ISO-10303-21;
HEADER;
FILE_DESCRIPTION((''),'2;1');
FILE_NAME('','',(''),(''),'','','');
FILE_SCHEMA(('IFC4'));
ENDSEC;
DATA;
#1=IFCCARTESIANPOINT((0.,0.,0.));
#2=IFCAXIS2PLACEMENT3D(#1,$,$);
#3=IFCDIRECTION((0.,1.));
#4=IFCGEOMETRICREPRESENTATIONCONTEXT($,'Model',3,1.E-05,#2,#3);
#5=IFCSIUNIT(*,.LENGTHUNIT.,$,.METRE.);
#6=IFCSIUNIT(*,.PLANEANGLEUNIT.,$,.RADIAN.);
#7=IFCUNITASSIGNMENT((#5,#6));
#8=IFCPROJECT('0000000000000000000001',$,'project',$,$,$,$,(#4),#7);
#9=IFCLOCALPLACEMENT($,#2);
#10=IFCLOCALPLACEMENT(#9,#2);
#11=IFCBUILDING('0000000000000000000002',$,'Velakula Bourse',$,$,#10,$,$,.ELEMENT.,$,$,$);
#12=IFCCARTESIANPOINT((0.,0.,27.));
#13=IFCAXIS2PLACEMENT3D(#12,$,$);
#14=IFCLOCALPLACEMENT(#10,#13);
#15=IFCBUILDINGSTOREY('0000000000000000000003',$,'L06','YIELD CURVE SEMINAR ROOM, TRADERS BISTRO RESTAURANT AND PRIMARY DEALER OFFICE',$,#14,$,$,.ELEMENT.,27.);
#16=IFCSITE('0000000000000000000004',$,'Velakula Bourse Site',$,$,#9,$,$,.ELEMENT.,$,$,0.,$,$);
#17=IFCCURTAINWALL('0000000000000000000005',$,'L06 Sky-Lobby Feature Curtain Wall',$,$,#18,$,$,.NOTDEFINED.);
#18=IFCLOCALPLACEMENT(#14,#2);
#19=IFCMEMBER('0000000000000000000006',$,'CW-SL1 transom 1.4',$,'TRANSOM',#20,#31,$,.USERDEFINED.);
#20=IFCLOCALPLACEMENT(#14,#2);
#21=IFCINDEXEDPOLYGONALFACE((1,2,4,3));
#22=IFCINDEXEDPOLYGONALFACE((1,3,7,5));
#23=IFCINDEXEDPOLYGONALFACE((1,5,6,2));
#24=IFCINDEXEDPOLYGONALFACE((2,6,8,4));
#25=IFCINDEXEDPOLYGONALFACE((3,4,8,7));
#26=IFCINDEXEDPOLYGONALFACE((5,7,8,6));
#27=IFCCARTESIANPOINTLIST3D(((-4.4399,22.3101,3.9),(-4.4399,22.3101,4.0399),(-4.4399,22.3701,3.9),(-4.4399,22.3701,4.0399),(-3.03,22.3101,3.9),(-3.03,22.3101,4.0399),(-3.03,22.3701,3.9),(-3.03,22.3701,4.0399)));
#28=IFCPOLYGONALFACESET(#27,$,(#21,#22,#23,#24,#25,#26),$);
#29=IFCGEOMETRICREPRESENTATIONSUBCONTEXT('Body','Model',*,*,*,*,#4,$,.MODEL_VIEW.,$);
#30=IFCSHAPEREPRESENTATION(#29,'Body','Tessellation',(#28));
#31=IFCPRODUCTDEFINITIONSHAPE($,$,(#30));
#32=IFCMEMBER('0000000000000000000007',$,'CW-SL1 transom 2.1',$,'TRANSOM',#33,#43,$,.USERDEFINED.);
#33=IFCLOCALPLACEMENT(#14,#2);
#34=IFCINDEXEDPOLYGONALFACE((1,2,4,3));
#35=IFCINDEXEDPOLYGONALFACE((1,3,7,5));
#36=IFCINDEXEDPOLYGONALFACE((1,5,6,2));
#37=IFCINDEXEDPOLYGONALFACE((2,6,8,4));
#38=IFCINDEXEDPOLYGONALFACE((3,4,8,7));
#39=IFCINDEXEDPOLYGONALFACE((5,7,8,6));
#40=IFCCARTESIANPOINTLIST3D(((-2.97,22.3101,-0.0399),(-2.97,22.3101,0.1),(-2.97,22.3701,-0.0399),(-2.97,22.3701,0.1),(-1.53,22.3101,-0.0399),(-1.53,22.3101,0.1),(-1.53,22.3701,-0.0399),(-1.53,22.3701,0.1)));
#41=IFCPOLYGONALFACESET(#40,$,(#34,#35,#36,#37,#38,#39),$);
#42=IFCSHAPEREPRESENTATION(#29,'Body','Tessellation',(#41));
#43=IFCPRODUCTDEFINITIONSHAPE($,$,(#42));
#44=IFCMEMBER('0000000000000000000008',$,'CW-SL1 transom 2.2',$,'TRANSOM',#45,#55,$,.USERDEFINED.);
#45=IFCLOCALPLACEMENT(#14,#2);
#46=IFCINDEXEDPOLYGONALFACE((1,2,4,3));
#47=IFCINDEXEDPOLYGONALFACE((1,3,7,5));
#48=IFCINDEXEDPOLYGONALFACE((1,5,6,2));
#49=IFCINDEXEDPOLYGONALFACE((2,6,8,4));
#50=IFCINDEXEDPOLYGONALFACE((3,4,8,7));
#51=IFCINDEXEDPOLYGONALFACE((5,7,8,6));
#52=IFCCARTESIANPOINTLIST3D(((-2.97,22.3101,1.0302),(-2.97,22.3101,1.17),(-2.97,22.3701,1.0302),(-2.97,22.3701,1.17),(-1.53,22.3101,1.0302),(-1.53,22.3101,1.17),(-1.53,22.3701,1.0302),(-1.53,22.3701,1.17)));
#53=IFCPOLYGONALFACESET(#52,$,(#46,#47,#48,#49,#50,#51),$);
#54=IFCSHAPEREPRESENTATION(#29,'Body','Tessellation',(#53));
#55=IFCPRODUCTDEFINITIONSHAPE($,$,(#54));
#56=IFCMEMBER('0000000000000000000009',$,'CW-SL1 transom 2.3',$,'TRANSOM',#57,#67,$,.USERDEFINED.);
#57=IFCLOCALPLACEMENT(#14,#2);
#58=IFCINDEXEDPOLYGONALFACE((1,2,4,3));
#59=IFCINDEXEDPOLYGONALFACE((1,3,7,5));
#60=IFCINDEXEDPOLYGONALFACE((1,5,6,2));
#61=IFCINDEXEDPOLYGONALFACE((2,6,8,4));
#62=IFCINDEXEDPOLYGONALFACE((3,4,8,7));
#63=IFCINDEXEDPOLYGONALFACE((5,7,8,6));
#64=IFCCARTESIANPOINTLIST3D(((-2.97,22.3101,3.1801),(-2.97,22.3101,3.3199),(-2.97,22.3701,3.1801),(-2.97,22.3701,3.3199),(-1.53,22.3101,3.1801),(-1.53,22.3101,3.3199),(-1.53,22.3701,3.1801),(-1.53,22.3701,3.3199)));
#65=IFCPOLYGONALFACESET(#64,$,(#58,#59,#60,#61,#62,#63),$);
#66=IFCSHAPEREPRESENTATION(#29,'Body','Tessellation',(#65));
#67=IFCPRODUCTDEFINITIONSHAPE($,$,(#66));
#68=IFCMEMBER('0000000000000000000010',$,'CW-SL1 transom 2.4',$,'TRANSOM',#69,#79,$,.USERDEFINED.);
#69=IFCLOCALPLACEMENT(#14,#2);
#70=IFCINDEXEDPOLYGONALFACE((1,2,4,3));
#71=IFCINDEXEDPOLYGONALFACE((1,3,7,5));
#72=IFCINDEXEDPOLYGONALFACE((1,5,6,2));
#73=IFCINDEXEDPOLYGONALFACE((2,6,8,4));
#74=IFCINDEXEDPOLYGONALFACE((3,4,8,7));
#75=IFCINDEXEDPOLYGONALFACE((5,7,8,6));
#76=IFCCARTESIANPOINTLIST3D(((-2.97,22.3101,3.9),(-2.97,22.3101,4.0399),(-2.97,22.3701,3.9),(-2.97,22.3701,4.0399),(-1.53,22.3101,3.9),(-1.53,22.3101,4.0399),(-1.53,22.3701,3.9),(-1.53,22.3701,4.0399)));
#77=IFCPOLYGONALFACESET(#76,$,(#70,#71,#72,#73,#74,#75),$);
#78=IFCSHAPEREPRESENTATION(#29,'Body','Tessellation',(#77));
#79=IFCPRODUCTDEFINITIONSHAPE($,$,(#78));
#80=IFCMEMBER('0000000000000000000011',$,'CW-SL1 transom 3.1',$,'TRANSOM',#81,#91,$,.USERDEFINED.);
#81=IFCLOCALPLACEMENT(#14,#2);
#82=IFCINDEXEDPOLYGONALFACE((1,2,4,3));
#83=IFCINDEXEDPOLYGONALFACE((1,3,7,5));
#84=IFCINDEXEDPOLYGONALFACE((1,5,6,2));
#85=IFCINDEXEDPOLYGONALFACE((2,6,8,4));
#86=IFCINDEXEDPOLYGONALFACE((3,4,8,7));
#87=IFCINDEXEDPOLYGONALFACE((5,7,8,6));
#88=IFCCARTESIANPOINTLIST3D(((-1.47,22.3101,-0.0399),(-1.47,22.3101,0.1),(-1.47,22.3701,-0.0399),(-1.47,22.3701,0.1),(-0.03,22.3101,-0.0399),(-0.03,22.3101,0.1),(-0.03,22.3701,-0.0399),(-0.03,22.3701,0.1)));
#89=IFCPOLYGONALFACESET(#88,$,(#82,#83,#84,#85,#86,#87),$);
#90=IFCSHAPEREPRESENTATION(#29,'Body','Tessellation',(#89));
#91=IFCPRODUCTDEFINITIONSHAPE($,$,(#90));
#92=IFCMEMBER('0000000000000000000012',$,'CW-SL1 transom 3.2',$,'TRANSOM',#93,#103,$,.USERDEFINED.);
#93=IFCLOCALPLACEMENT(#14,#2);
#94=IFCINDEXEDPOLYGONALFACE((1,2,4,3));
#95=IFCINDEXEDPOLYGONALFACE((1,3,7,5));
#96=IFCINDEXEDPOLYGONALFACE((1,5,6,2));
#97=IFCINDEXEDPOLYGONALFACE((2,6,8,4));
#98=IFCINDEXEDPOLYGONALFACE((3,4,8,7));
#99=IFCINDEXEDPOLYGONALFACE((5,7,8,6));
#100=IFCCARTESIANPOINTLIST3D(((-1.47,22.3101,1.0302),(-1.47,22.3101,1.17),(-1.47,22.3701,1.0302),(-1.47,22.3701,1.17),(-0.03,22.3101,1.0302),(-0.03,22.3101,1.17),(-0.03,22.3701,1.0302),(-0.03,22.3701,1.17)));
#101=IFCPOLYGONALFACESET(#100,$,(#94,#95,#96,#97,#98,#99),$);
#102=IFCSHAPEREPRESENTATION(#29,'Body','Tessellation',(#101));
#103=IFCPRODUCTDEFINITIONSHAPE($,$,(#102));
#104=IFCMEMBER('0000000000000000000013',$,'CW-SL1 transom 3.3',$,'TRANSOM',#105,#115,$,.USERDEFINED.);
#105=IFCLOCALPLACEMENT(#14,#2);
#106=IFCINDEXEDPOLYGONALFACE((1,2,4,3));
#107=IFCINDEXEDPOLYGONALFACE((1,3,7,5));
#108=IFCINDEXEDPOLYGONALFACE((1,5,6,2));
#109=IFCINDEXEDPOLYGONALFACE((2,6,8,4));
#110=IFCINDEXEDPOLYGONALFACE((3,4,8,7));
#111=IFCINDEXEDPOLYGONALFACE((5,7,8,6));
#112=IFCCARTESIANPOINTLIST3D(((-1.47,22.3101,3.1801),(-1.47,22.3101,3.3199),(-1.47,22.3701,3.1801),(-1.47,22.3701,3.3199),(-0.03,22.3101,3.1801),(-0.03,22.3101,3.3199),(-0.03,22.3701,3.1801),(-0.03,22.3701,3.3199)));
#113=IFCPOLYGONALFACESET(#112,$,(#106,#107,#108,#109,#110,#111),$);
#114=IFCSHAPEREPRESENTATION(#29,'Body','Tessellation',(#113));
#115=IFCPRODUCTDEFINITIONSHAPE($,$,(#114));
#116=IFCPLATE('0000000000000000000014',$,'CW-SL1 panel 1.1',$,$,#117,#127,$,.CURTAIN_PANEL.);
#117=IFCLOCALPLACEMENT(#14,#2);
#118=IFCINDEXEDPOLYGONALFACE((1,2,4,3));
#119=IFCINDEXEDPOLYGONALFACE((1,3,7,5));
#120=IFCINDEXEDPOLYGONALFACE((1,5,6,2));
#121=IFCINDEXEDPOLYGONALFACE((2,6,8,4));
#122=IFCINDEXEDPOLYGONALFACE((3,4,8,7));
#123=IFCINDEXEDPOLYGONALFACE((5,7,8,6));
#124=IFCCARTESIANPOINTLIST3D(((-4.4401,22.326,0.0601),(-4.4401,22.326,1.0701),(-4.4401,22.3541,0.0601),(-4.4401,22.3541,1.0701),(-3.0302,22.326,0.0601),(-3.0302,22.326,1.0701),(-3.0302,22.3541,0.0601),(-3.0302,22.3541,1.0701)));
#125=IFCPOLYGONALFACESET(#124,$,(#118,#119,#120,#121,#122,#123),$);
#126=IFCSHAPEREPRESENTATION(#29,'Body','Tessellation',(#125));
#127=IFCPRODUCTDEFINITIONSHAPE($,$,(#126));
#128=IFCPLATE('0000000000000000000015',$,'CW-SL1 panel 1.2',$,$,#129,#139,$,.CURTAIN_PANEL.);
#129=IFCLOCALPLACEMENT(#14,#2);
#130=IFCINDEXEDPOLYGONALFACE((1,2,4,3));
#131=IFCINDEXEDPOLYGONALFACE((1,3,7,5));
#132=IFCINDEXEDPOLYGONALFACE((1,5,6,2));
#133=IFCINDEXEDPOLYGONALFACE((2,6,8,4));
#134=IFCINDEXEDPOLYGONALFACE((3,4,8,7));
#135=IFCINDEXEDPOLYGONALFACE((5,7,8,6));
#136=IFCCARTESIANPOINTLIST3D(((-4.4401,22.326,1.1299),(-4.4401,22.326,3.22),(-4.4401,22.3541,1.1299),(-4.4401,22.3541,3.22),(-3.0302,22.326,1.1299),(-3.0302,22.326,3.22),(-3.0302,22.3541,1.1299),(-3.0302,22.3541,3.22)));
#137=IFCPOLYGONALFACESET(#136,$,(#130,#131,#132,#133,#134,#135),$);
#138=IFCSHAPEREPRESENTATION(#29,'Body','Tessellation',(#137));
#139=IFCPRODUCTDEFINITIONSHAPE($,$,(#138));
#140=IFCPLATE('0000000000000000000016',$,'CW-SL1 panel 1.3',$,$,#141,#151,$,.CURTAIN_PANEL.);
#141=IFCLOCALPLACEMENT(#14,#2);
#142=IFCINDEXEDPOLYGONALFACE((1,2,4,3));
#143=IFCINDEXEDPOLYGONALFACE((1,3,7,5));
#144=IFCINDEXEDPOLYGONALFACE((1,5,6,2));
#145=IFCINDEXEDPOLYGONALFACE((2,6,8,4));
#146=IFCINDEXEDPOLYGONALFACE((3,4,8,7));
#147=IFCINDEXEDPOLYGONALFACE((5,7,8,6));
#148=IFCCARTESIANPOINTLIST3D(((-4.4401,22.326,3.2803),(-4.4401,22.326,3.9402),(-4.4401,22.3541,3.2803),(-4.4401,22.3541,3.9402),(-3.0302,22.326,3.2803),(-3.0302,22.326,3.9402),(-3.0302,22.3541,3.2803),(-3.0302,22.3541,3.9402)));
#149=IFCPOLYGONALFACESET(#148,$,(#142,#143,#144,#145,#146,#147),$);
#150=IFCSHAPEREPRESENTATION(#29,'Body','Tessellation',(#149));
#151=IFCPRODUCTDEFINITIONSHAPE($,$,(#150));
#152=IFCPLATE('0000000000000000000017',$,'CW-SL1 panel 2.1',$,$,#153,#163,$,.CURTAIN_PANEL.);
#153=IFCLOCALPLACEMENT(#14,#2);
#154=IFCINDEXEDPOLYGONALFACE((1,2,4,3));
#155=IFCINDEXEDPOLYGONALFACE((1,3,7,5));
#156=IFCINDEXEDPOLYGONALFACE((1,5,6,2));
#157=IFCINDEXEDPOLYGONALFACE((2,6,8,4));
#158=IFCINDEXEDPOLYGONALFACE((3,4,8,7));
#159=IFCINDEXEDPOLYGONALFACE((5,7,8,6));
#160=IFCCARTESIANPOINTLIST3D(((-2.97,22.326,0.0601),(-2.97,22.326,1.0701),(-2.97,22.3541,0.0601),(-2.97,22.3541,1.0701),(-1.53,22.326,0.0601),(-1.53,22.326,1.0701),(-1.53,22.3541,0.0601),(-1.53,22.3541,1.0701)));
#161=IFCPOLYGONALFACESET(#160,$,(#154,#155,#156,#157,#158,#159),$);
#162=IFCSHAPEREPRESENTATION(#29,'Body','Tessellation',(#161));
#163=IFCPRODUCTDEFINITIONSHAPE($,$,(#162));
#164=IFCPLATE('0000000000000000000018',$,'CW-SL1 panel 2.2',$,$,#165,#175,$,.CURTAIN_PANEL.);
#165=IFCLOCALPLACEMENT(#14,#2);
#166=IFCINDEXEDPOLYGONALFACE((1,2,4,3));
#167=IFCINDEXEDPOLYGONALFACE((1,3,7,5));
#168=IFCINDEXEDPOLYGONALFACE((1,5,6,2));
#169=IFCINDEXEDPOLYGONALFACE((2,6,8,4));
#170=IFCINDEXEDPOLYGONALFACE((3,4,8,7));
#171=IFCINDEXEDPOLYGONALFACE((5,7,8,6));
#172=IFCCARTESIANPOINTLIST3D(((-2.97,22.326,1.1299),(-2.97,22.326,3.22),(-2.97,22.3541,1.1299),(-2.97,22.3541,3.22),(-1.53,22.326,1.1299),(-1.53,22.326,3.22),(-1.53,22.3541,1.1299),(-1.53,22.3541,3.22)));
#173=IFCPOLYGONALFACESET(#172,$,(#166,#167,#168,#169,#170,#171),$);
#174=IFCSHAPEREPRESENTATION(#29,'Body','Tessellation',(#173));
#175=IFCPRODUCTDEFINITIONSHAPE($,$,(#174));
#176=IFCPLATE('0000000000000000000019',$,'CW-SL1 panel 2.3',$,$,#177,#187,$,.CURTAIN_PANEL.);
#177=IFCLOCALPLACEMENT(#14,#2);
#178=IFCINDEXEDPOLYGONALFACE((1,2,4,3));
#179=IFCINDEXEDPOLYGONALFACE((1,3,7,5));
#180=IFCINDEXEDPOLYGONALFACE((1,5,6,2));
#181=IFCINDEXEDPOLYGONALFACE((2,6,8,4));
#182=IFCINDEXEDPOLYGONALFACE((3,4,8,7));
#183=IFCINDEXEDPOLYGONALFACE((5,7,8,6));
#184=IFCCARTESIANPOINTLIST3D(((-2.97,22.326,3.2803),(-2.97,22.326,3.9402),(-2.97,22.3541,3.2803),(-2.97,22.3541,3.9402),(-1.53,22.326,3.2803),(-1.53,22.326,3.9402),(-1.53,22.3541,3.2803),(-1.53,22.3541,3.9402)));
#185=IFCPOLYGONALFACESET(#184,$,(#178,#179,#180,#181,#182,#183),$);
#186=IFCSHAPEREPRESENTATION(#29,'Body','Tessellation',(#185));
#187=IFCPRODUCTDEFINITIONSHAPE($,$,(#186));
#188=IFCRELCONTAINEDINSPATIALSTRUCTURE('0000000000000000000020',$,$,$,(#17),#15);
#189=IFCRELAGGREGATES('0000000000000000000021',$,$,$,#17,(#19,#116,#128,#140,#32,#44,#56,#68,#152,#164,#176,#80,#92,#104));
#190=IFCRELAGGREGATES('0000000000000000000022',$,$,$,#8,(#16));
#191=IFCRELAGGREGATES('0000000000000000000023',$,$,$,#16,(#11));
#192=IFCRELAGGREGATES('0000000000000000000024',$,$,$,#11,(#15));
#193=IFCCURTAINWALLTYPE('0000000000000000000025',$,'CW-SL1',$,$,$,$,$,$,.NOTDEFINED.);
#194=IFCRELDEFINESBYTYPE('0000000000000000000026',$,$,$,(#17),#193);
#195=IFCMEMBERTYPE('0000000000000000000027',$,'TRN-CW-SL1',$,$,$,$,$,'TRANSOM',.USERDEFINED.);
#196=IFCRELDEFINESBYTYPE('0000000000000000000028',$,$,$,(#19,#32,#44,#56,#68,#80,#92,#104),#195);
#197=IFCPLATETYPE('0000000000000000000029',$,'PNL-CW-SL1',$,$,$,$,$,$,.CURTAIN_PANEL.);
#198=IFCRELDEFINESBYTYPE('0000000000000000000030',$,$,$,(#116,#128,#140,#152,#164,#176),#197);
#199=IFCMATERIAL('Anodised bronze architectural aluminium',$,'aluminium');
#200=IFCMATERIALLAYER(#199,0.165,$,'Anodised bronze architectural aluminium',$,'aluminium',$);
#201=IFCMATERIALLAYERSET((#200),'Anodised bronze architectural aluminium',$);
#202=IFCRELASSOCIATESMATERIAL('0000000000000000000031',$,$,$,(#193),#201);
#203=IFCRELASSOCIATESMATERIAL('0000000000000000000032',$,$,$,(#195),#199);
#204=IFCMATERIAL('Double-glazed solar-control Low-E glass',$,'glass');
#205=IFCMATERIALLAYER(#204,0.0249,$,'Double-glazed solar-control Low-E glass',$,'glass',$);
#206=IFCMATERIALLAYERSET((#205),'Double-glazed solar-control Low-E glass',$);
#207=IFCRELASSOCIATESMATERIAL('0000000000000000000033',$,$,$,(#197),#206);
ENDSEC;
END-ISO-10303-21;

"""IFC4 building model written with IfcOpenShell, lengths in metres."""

from ifc_helpers import new_model, si_unit, direction, frame, origin, origin_2d, place, context, subcontext, project, spatial, rectangle, extrude, material, layer, layer_set, material_profile, profile_set, type_object, element, aggregate, save


model = new_model("IFC4")

# Units and contexts
model_context = context("Model", 3, precision=1e-05, world=origin(), true_north=direction((0.0, 1.0)))
body_context = subcontext(model_context, "Body", "Model", "MODEL_VIEW")
ifc_project = project(units=[si_unit("LENGTHUNIT", "METRE"), si_unit("PLANEANGLEUNIT", "RADIAN")], contexts=[model_context])

# Site, building, storey
site_placement = place(None, origin())
site = spatial("IfcSite", under=ifc_project, at=site_placement, Name="Velakula Bourse Site", CompositionType="ELEMENT", RefElevation=0.0)
building_placement = place(site_placement, origin())
building = spatial("IfcBuilding", under=site, at=building_placement, Name="Velakula Bourse", CompositionType="ELEMENT")
storey_placement = place(building_placement, frame((0.0, 0.0, 27.0)))
storey = spatial("IfcBuildingStorey", under=building, at=storey_placement, Name="L06", Description="YIELD CURVE SEMINAR ROOM, TRADERS BISTRO RESTAURANT AND PRIMARY DEALER OFFICE", CompositionType="ELEMENT", Elevation=27.0)

# Curtain wall
ifc_material_1 = material(Name="Anodised bronze architectural aluminium", Category="aluminium")
ifc_layer_1 = layer(ifc_material_1, 0.165, Name="Anodised bronze architectural aluminium", Category="aluminium")
ifc_layer_set_1 = layer_set([ifc_layer_1], Name="Anodised bronze architectural aluminium")
curtain_wall_type = type_object("IfcCurtainWallType", Name="CW-SL1", PredefinedType="NOTDEFINED", material=ifc_layer_set_1)
curtain_wall_placement = place(storey_placement, origin())
curtain_wall = element("IfcCurtainWall", 1, at=curtain_wall_placement, inside=storey, type_object=curtain_wall_type, Name="L06 Sky-Lobby Feature Curtain Wall", PredefinedType="NOTDEFINED")

# Members
ifc_material_profile_1 = material_profile(ifc_material_1, rectangle(XDim=0.0601, YDim=0.1399, at=origin_2d()), Name="Anodised bronze architectural aluminium")
ifc_profile_set_1 = profile_set([ifc_material_profile_1], Name="Anodised bronze architectural aluminium")
member_type_1 = type_object("IfcMemberType", Name="TRN-CW-SL1", ElementType="TRANSOM", PredefinedType="USERDEFINED", material=ifc_profile_set_1)
member_1_placement = place(storey_placement, frame((-4.4399, 22.3401, 3.97), z_axis=(1.0, 0.0, 0.0), x_axis=(0.0, 1.0, 0.0)))
member_1 = element("IfcMember", 2, at=member_1_placement, type_object=member_type_1, Name="CW-SL1 transom 1.4", ObjectType="TRANSOM", PredefinedType="USERDEFINED", context=body_context, shape_type="SweptSolid", body=[
    extrude(rectangle(XDim=0.0601, YDim=0.1399, at=origin_2d()), origin(), (0.0, 0.0, 1.0), 1.4099),
])
member_2_placement = place(storey_placement, frame((-2.97, 22.3401, 0.03), z_axis=(1.0, 0.0, 0.0), x_axis=(0.0, 1.0, 0.0)))
member_2 = element("IfcMember", 3, at=member_2_placement, type_object=member_type_1, Name="CW-SL1 transom 2.1", ObjectType="TRANSOM", PredefinedType="USERDEFINED", context=body_context, shape_type="SweptSolid", body=[
    extrude(rectangle(XDim=0.0601, YDim=0.1399, at=origin_2d()), origin(), (0.0, 0.0, 1.0), 1.4399),
])
member_3_placement = place(storey_placement, frame((-2.97, 22.3401, 1.1001), z_axis=(1.0, 0.0, 0.0), x_axis=(0.0, 1.0, 0.0)))
member_3 = element("IfcMember", 4, at=member_3_placement, type_object=member_type_1, Name="CW-SL1 transom 2.2", ObjectType="TRANSOM", PredefinedType="USERDEFINED", context=body_context, shape_type="SweptSolid", body=[
    extrude(rectangle(XDim=0.0601, YDim=0.1399, at=origin_2d()), origin(), (0.0, 0.0, 1.0), 1.4399),
])
member_4_placement = place(storey_placement, frame((-2.97, 22.3401, 3.25), z_axis=(1.0, 0.0, 0.0), x_axis=(0.0, 1.0, 0.0)))
member_4 = element("IfcMember", 5, at=member_4_placement, type_object=member_type_1, Name="CW-SL1 transom 2.3", ObjectType="TRANSOM", PredefinedType="USERDEFINED", context=body_context, shape_type="SweptSolid", body=[
    extrude(rectangle(XDim=0.0601, YDim=0.1399, at=origin_2d()), origin(), (0.0, 0.0, 1.0), 1.4399),
])
member_5_placement = place(storey_placement, frame((-2.97, 22.3401, 3.97), z_axis=(1.0, 0.0, 0.0), x_axis=(0.0, 1.0, 0.0)))
member_5 = element("IfcMember", 6, at=member_5_placement, type_object=member_type_1, Name="CW-SL1 transom 2.4", ObjectType="TRANSOM", PredefinedType="USERDEFINED", context=body_context, shape_type="SweptSolid", body=[
    extrude(rectangle(XDim=0.0601, YDim=0.1399, at=origin_2d()), origin(), (0.0, 0.0, 1.0), 1.4399),
])
member_6_placement = place(storey_placement, frame((-1.47, 22.3401, 0.03), z_axis=(1.0, 0.0, 0.0), x_axis=(0.0, 1.0, 0.0)))
member_6 = element("IfcMember", 7, at=member_6_placement, type_object=member_type_1, Name="CW-SL1 transom 3.1", ObjectType="TRANSOM", PredefinedType="USERDEFINED", context=body_context, shape_type="SweptSolid", body=[
    extrude(rectangle(XDim=0.0601, YDim=0.1399, at=origin_2d()), origin(), (0.0, 0.0, 1.0), 1.4399),
])
member_7_placement = place(storey_placement, frame((-1.47, 22.3401, 1.1001), z_axis=(1.0, 0.0, 0.0), x_axis=(0.0, 1.0, 0.0)))
member_7 = element("IfcMember", 8, at=member_7_placement, type_object=member_type_1, Name="CW-SL1 transom 3.2", ObjectType="TRANSOM", PredefinedType="USERDEFINED", context=body_context, shape_type="SweptSolid", body=[
    extrude(rectangle(XDim=0.0601, YDim=0.1399, at=origin_2d()), origin(), (0.0, 0.0, 1.0), 1.4399),
])
member_8_placement = place(storey_placement, frame((-1.47, 22.3401, 3.25), z_axis=(1.0, 0.0, 0.0), x_axis=(0.0, 1.0, 0.0)))
member_8 = element("IfcMember", 9, at=member_8_placement, type_object=member_type_1, Name="CW-SL1 transom 3.3", ObjectType="TRANSOM", PredefinedType="USERDEFINED", context=body_context, shape_type="SweptSolid", body=[
    extrude(rectangle(XDim=0.0601, YDim=0.1399, at=origin_2d()), origin(), (0.0, 0.0, 1.0), 1.4399),
])

# Plates
ifc_material_2 = material(Name="Double-glazed solar-control Low-E glass", Category="glass")
ifc_layer_2 = layer(ifc_material_2, 0.0249, Name="Double-glazed solar-control Low-E glass", Category="glass")
ifc_layer_set_2 = layer_set([ifc_layer_2], Name="Double-glazed solar-control Low-E glass")
plate_type = type_object("IfcPlateType", Name="PNL-CW-SL1", PredefinedType="CURTAIN_PANEL", material=ifc_layer_set_2)
plate_1_placement = place(storey_placement, frame((-3.7351, 22.3401, 0.0601), z_axis=(0.0, 0.0, 1.0), x_axis=(1.0, 0.0, 0.0)))
plate_1 = element("IfcPlate", 10, at=plate_1_placement, type_object=plate_type, Name="CW-SL1 panel 1.1", PredefinedType="CURTAIN_PANEL", context=body_context, shape_type="SweptSolid", body=[
    extrude(rectangle(XDim=1.4099, YDim=0.0281, at=origin_2d()), origin(), (0.0, 0.0, 1.0), 1.01),
])
plate_2_placement = place(storey_placement, frame((-3.7351, 22.3401, 1.1299), z_axis=(0.0, 0.0, 1.0), x_axis=(1.0, 0.0, 0.0)))
plate_2 = element("IfcPlate", 11, at=plate_2_placement, type_object=plate_type, Name="CW-SL1 panel 1.2", PredefinedType="CURTAIN_PANEL", context=body_context, shape_type="SweptSolid", body=[
    extrude(rectangle(XDim=1.4099, YDim=0.0281, at=origin_2d()), origin(), (0.0, 0.0, 1.0), 2.0901),
])
plate_3_placement = place(storey_placement, frame((-3.7351, 22.3401, 3.2803), z_axis=(0.0, 0.0, 1.0), x_axis=(1.0, 0.0, 0.0)))
plate_3 = element("IfcPlate", 12, at=plate_3_placement, type_object=plate_type, Name="CW-SL1 panel 1.3", PredefinedType="CURTAIN_PANEL", context=body_context, shape_type="SweptSolid", body=[
    extrude(rectangle(XDim=1.4099, YDim=0.0281, at=origin_2d()), origin(), (0.0, 0.0, 1.0), 0.6599),
])
plate_4_placement = place(storey_placement, frame((-2.25, 22.3401, 0.0601), z_axis=(0.0, 0.0, 1.0), x_axis=(1.0, 0.0, 0.0)))
plate_4 = element("IfcPlate", 13, at=plate_4_placement, type_object=plate_type, Name="CW-SL1 panel 2.1", PredefinedType="CURTAIN_PANEL", context=body_context, shape_type="SweptSolid", body=[
    extrude(rectangle(XDim=1.4399, YDim=0.0281, at=origin_2d()), origin(), (0.0, 0.0, 1.0), 1.01),
])
plate_5_placement = place(storey_placement, frame((-2.25, 22.3401, 1.1299), z_axis=(0.0, 0.0, 1.0), x_axis=(1.0, 0.0, 0.0)))
plate_5 = element("IfcPlate", 14, at=plate_5_placement, type_object=plate_type, Name="CW-SL1 panel 2.2", PredefinedType="CURTAIN_PANEL", context=body_context, shape_type="SweptSolid", body=[
    extrude(rectangle(XDim=1.4399, YDim=0.0281, at=origin_2d()), origin(), (0.0, 0.0, 1.0), 2.0901),
])
plate_6_placement = place(storey_placement, frame((-2.25, 22.3401, 3.2803), z_axis=(0.0, 0.0, 1.0), x_axis=(1.0, 0.0, 0.0)))
plate_6 = element("IfcPlate", 15, at=plate_6_placement, type_object=plate_type, Name="CW-SL1 panel 2.3", PredefinedType="CURTAIN_PANEL", context=body_context, shape_type="SweptSolid", body=[
    extrude(rectangle(XDim=1.4399, YDim=0.0281, at=origin_2d()), origin(), (0.0, 0.0, 1.0), 0.6599),
])
aggregate(curtain_wall, [member_1, plate_1, plate_2, plate_3, member_2, member_3, member_4, member_5, plate_4, plate_5, plate_6, member_6, member_7, member_8])

save(model, "model.ifc")
